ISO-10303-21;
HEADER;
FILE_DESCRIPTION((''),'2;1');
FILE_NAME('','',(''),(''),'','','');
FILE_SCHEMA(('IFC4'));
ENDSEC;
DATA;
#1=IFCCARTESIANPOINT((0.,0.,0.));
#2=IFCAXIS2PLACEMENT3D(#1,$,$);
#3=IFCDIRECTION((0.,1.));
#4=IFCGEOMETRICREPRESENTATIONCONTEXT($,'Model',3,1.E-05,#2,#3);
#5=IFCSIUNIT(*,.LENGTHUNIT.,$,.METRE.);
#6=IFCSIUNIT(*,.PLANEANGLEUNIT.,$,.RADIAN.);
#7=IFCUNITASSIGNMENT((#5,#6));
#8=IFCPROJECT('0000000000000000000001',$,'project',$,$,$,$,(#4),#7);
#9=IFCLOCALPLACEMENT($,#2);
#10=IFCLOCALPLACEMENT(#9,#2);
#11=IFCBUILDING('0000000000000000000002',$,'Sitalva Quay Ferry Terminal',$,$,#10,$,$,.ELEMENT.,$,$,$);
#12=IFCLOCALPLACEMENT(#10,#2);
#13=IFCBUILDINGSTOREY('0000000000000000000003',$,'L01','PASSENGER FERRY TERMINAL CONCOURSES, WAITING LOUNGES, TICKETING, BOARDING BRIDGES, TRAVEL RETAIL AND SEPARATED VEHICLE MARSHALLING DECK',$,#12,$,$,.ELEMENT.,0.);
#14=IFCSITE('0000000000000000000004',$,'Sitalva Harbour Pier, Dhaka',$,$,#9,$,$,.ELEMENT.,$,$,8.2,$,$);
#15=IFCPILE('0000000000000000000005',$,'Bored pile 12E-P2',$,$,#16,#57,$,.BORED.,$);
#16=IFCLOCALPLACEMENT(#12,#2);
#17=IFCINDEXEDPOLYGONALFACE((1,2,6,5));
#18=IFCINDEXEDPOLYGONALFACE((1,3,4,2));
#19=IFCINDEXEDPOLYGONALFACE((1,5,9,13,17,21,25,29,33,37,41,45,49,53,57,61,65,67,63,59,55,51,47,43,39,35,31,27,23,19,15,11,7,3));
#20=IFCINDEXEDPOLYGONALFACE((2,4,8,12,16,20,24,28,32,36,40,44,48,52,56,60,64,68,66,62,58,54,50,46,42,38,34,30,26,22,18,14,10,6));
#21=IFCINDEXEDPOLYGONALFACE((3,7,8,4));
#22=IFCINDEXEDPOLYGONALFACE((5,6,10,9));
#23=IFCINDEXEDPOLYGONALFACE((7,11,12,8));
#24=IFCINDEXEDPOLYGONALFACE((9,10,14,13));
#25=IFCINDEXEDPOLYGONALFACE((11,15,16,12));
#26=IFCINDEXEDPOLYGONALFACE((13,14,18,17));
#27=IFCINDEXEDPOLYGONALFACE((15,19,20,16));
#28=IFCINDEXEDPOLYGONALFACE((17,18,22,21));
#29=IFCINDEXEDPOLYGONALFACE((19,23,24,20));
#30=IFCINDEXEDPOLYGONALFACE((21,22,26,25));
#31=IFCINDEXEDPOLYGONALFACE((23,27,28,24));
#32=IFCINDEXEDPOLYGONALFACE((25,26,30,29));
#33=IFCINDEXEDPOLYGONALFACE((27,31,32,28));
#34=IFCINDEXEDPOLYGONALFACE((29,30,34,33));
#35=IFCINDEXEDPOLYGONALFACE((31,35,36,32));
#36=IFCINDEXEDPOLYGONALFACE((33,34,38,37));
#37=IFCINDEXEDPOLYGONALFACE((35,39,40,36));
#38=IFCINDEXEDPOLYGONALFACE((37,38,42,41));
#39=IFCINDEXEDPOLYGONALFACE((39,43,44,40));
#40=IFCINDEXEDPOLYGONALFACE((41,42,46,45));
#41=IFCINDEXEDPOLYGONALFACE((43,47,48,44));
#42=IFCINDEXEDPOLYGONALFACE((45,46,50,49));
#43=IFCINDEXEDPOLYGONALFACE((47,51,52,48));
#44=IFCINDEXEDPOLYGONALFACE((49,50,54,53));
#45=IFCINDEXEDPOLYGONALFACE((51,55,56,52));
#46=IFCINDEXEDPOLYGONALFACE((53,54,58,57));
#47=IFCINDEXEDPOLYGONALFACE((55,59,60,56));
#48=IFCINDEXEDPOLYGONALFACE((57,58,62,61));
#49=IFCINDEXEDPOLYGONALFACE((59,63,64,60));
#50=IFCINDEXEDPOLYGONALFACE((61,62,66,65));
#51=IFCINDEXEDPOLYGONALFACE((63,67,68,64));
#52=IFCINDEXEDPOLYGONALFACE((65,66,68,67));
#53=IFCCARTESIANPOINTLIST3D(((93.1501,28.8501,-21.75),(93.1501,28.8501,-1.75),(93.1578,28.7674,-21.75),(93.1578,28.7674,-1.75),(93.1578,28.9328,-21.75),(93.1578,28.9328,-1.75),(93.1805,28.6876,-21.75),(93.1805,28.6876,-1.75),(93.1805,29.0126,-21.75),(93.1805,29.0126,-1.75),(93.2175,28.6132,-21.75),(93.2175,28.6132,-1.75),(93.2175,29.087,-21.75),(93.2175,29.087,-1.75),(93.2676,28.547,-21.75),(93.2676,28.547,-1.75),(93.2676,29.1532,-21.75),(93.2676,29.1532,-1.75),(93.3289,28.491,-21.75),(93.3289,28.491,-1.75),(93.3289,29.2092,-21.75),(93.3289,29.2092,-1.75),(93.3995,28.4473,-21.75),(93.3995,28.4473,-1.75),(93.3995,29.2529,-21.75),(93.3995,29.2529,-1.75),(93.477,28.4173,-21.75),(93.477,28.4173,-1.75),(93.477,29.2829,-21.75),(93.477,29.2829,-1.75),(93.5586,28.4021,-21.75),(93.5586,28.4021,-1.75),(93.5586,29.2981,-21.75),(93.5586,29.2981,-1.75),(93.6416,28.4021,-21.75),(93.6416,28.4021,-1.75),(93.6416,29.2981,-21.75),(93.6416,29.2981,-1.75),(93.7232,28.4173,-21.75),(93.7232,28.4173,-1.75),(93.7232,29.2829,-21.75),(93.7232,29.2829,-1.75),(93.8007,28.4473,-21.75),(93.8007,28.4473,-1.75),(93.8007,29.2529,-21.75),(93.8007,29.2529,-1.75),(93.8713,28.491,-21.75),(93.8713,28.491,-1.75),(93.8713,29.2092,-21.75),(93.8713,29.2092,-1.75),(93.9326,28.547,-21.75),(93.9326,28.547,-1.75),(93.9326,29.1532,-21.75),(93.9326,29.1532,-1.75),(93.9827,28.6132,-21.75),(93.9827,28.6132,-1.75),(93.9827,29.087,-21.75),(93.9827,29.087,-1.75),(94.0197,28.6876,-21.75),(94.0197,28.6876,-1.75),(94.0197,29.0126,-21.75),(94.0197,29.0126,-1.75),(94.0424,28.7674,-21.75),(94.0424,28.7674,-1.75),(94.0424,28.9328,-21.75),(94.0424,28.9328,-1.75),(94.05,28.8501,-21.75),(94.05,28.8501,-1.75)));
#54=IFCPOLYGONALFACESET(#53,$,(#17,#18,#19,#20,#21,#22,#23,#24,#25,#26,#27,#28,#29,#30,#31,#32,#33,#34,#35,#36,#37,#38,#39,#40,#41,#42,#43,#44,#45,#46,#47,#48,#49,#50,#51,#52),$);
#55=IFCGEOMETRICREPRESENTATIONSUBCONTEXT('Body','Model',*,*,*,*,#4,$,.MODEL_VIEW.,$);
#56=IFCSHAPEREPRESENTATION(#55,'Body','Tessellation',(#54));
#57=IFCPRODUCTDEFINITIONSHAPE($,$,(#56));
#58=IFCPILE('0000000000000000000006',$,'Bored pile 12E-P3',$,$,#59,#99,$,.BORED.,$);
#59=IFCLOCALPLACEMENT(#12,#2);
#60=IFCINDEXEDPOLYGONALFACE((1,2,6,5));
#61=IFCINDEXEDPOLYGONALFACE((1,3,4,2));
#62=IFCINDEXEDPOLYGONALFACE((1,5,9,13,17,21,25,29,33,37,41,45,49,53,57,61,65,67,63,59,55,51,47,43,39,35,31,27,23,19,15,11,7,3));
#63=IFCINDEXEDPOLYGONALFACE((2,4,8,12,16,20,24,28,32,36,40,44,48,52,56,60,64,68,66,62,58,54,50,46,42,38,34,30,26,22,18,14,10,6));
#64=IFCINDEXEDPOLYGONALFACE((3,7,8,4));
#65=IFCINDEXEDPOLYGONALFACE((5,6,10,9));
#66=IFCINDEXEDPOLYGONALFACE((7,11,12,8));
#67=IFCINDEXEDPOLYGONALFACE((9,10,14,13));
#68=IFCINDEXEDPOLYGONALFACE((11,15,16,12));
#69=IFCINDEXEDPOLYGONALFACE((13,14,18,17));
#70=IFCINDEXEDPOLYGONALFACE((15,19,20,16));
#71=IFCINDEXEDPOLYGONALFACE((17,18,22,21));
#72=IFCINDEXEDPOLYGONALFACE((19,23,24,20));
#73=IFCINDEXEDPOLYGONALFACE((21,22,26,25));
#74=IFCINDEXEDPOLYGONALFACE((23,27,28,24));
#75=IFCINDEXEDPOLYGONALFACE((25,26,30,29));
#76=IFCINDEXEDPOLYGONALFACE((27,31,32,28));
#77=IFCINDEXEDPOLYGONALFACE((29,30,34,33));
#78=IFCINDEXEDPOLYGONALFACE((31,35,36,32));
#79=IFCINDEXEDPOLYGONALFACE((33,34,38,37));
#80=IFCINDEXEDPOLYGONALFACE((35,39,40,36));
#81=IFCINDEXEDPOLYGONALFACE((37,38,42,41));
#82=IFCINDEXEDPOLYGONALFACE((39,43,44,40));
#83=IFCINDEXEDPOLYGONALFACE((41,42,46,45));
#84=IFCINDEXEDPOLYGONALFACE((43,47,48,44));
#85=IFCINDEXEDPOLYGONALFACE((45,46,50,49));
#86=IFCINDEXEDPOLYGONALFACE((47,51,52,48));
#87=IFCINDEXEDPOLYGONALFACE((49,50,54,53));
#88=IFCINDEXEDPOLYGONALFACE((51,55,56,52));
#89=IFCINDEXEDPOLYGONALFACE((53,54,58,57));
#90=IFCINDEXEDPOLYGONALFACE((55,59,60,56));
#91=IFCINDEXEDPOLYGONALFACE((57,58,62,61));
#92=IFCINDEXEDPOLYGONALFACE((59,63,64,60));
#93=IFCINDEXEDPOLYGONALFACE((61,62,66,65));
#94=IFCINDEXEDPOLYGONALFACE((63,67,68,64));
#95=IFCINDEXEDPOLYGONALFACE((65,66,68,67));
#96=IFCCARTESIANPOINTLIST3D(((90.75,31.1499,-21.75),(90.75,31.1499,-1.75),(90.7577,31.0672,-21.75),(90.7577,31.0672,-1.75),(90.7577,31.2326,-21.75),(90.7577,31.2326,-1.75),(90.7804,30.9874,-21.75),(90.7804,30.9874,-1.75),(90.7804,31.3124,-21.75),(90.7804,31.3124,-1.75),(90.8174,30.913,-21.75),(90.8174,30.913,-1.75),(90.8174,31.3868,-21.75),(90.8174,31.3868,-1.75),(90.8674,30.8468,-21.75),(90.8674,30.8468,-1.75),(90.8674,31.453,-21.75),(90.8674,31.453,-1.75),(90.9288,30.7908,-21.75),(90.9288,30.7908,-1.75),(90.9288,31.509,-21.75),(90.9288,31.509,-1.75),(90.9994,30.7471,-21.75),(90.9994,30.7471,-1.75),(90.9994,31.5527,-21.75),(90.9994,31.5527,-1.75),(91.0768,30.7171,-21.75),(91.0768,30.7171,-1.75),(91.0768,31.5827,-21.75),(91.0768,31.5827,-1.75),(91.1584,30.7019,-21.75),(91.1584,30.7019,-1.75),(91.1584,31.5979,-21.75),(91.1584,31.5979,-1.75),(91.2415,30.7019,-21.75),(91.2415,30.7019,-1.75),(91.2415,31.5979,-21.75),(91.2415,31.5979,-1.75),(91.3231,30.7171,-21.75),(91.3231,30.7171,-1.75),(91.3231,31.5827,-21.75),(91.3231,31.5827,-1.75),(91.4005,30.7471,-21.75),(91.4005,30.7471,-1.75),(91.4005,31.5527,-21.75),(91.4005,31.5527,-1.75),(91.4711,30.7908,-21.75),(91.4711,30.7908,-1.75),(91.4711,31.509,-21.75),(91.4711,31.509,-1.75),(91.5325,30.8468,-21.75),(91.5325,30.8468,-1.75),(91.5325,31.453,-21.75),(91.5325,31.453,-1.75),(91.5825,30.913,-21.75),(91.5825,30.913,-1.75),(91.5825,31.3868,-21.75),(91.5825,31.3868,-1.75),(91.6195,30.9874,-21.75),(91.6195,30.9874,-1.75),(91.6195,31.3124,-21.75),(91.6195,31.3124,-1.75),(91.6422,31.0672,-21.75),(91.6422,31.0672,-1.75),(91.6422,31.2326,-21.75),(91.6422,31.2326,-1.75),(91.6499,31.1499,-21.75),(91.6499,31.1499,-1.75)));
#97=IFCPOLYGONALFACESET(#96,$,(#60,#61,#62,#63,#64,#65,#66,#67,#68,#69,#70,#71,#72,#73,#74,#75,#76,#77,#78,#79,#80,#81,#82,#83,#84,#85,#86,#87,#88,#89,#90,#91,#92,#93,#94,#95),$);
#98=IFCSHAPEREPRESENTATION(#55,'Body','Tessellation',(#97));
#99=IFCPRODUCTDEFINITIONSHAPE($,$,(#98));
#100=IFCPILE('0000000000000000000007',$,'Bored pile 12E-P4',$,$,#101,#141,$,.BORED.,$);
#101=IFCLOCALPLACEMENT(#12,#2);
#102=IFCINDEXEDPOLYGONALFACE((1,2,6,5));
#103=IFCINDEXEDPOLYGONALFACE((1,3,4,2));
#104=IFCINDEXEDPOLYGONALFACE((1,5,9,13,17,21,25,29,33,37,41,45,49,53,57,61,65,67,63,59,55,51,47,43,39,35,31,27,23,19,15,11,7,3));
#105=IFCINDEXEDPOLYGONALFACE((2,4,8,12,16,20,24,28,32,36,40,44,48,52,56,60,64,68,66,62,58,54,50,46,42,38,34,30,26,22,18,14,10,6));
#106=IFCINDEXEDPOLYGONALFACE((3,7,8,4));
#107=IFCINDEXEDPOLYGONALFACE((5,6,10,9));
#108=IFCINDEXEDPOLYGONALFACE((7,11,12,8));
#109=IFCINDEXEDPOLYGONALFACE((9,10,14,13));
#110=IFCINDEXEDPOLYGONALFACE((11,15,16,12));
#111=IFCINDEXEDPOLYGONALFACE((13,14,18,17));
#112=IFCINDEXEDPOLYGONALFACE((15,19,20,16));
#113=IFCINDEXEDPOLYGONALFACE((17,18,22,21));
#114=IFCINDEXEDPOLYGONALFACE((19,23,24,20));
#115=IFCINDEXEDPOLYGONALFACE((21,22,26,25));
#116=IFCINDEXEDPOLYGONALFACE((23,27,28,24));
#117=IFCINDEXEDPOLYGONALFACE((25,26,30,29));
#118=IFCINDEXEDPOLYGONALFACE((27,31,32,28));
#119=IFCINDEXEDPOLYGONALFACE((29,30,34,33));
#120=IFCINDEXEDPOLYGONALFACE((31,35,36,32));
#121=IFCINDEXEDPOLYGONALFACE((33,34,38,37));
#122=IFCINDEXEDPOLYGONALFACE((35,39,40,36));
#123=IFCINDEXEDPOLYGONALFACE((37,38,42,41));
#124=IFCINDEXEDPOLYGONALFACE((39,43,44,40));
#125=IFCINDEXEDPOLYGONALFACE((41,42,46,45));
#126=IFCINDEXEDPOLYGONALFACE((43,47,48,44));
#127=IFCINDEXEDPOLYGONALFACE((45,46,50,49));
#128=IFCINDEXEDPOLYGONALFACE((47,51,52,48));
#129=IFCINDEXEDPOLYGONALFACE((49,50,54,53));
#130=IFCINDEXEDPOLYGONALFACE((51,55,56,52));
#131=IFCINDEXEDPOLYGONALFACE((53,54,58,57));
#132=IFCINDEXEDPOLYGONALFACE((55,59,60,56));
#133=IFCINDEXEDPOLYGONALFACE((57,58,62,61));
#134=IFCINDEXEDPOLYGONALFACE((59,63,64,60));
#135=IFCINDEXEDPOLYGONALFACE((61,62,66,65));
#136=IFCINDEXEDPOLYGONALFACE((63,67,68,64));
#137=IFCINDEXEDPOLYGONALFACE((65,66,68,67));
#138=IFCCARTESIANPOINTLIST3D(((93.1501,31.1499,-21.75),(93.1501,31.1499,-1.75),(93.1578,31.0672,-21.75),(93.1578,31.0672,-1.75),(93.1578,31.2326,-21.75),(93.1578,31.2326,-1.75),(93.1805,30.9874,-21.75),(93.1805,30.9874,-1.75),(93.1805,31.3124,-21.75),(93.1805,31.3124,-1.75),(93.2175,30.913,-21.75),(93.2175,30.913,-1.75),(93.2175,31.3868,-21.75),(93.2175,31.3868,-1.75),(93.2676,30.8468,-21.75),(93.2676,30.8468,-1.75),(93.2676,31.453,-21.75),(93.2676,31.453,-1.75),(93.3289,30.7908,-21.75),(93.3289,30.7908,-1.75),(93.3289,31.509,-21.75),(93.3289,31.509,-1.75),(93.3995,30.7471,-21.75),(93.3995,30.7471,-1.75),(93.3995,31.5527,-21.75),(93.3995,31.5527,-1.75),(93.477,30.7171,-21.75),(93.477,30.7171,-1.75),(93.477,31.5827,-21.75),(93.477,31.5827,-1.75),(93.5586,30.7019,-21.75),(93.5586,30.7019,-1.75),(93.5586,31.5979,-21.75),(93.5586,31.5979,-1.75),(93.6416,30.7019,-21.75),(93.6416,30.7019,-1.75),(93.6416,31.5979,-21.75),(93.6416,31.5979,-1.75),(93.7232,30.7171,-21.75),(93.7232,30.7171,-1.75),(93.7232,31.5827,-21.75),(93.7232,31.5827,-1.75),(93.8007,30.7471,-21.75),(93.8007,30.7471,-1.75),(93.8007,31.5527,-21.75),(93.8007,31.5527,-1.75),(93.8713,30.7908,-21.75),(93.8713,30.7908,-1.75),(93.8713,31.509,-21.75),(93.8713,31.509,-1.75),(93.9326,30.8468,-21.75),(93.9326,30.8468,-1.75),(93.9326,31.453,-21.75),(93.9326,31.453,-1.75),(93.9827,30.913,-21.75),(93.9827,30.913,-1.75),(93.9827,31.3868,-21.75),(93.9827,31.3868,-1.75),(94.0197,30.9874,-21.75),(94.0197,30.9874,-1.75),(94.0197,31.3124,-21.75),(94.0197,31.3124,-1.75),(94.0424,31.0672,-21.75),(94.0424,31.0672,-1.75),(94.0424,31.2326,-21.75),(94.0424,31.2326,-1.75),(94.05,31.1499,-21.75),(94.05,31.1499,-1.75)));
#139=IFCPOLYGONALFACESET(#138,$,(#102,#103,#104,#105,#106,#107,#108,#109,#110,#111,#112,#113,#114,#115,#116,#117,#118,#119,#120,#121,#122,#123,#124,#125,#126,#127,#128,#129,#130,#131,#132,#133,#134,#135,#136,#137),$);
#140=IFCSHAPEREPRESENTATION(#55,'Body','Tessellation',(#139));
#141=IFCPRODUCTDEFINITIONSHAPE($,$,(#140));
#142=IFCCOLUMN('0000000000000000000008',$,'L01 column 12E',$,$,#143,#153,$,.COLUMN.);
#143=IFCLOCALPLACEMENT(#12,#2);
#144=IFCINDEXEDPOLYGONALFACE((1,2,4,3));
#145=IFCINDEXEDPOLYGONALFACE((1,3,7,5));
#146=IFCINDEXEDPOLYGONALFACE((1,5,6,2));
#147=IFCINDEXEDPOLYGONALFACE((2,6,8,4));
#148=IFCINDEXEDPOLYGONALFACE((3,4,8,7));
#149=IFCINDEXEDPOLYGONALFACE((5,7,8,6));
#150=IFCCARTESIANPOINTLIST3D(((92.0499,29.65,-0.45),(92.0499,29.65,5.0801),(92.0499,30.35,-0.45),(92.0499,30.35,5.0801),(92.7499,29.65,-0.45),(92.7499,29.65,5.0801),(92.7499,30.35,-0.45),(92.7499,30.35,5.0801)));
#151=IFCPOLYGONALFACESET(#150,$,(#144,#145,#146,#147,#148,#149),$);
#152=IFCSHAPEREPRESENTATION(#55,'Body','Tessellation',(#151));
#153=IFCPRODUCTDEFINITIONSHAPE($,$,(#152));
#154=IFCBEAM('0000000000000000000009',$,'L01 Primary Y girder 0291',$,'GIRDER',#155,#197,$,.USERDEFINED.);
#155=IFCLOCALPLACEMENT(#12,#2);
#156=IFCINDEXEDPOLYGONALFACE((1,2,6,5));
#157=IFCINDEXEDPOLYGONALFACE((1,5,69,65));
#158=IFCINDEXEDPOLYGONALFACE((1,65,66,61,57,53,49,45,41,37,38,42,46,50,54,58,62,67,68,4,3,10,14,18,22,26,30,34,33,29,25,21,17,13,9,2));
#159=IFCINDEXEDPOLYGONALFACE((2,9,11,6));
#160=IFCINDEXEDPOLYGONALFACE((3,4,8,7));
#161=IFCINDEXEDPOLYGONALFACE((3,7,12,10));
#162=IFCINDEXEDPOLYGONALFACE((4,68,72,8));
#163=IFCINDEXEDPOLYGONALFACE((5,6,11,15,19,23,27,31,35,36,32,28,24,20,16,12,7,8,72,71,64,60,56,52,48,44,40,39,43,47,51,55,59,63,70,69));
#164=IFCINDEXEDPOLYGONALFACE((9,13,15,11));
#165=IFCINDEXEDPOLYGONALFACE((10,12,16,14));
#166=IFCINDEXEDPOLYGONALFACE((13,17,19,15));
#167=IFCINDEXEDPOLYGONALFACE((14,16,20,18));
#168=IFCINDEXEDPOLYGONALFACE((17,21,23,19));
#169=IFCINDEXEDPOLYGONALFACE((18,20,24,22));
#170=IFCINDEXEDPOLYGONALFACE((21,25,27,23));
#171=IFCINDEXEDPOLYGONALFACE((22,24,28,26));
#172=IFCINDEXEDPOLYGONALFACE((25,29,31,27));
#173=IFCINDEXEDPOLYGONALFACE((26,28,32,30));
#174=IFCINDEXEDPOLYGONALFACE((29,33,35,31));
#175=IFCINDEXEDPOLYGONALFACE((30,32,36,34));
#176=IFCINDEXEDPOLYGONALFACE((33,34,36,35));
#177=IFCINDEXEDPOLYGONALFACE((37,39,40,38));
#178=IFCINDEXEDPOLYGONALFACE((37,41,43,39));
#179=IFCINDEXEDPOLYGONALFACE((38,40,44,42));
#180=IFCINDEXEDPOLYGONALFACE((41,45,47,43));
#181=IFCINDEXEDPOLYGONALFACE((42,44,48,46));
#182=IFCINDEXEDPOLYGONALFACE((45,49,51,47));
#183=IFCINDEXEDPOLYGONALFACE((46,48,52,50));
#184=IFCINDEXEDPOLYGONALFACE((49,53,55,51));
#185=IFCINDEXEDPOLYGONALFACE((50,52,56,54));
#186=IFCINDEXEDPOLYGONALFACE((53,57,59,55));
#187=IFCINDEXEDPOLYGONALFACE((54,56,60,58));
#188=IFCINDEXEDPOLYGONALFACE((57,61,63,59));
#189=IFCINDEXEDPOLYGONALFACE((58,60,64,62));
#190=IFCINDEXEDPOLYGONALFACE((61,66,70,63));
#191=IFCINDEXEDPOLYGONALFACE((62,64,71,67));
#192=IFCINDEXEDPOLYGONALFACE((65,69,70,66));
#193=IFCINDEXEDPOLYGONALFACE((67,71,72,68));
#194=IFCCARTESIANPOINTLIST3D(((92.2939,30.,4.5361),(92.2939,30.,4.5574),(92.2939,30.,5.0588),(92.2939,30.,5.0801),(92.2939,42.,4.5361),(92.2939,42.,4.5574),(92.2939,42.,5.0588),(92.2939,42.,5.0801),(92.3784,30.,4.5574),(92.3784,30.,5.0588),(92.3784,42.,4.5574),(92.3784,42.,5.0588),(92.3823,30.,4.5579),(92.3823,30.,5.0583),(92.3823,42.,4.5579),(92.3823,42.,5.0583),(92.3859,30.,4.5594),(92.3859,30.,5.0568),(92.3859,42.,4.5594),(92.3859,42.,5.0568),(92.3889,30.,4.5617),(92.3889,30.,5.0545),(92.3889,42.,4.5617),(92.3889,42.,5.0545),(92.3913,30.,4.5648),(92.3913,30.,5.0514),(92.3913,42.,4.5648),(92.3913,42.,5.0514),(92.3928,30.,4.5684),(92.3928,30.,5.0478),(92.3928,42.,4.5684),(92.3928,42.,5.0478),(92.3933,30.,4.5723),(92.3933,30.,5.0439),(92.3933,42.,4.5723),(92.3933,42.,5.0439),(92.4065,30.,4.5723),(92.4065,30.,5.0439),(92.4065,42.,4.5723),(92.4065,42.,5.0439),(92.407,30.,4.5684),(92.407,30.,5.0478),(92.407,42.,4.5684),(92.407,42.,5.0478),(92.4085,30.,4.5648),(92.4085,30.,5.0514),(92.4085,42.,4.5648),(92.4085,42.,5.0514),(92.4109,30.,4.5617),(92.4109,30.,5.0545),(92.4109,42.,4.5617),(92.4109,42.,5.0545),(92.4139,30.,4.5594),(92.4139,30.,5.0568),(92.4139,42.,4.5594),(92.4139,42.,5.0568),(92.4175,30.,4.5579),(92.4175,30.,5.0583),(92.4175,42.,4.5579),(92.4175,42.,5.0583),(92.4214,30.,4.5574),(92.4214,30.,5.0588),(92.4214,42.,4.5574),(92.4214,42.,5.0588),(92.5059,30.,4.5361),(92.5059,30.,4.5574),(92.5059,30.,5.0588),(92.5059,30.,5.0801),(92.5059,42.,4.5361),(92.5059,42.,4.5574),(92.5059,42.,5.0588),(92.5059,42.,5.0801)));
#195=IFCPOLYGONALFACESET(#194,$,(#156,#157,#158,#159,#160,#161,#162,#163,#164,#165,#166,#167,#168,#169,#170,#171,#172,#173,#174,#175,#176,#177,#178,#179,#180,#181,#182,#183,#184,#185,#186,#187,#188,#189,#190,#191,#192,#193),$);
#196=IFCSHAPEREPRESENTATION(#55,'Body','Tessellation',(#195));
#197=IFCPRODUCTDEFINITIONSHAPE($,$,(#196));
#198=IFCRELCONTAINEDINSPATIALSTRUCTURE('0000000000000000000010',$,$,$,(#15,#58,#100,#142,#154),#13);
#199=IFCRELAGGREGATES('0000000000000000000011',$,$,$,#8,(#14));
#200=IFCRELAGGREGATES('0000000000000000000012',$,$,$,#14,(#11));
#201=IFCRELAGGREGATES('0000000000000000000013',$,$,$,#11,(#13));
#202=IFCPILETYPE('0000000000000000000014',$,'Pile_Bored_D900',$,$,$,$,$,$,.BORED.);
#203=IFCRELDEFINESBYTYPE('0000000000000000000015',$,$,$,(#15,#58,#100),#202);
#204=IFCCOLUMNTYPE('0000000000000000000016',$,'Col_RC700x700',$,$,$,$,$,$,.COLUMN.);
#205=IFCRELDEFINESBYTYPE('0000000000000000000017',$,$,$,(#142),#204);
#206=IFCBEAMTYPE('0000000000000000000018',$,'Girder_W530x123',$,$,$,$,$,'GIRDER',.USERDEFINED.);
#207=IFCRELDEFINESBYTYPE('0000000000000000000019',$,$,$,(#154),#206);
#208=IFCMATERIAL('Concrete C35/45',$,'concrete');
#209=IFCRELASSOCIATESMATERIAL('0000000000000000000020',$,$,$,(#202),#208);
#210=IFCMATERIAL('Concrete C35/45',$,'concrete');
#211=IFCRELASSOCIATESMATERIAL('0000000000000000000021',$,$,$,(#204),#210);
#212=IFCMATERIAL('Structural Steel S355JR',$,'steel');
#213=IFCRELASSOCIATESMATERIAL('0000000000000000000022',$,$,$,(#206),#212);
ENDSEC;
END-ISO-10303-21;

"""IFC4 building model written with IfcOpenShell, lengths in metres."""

from ifc_helpers import new_model, si_unit, direction, frame, origin, origin_2d, place, context, subcontext, project, spatial, rectangle, circle, i_section, extrude, material, material_profile, profile_set, type_object, element, save


model = new_model("IFC4")

# Units and contexts
model_context = context("Model", 3, precision=1e-05, world=origin(), true_north=direction((0.0, 1.0)))
body_context = subcontext(model_context, "Body", "Model", "MODEL_VIEW")
ifc_project = project(units=[si_unit("LENGTHUNIT", "METRE"), si_unit("PLANEANGLEUNIT", "RADIAN")], contexts=[model_context])

# Site, building, storey
site_placement = place(None, origin())
site = spatial("IfcSite", under=ifc_project, at=site_placement, Name="Sitalva Harbour Pier, Dhaka", CompositionType="ELEMENT", RefElevation=8.2)
building_placement = place(site_placement, origin())
building = spatial("IfcBuilding", under=site, at=building_placement, Name="Sitalva Quay Ferry Terminal", CompositionType="ELEMENT")
storey_placement = place(building_placement, origin())
storey = spatial("IfcBuildingStorey", under=building, at=storey_placement, Name="L01", Description="PASSENGER FERRY TERMINAL CONCOURSES, WAITING LOUNGES, TICKETING, BOARDING BRIDGES, TRAVEL RETAIL AND SEPARATED VEHICLE MARSHALLING DECK", CompositionType="ELEMENT", Elevation=0.0)

# Piles
ifc_material_1 = material(Name="Concrete C35/45", Category="concrete")
ifc_material_profile_1 = material_profile(ifc_material_1, circle(Radius=0.45, at=origin_2d()), Name="PILE-D900")
ifc_profile_set_1 = profile_set([ifc_material_profile_1], Name="Concrete C35/45")
pile_type_1 = type_object("IfcPileType", Name="Pile_Bored_D900", PredefinedType="BORED", material=ifc_profile_set_1)
for number, where, z_axis, x_axis, name in (
    (1, (93.6001, 28.8501, -1.75), (0.0, 0.0, -1.0), (1.0, 0.0, 0.0), "Bored pile 12E-P2"),
    (2, (91.2, 31.1499, -1.75), (0.0, 0.0, -1.0), (1.0, 0.0, 0.0), "Bored pile 12E-P3"),
    (3, (93.6001, 31.1499, -1.75), (0.0, 0.0, -1.0), (1.0, 0.0, 0.0), "Bored pile 12E-P4"),
):
    element("IfcPile", number, at=place(storey_placement, frame(where, z_axis=z_axis, x_axis=x_axis)), inside=storey, type_object=pile_type_1, Name=name, PredefinedType="BORED", context=body_context, shape_type="SweptSolid", body=[
        extrude(circle(Radius=0.45, at=origin_2d()), origin(), (0.0, 0.0, 1.0), 20.0),
    ])

# Column
ifc_material_2 = material(Name="Concrete C35/45", Category="concrete")
ifc_material_profile_2 = material_profile(ifc_material_2, rectangle(XDim=0.7, YDim=0.7, at=origin_2d()), Name="RC700x700")
ifc_profile_set_2 = profile_set([ifc_material_profile_2], Name="Concrete C35/45")
column_type = type_object("IfcColumnType", Name="Col_RC700x700", PredefinedType="COLUMN", material=ifc_profile_set_2)
column_placement = place(storey_placement, frame((92.3999, 30.0, -0.45), z_axis=(0.0, 0.0, 1.0), x_axis=(1.0, 0.0, 0.0)))
element("IfcColumn", 4, at=column_placement, inside=storey, type_object=column_type, Name="L01 column 12E", PredefinedType="COLUMN", context=body_context, shape_type="SweptSolid", body=[
    extrude(rectangle(XDim=0.7, YDim=0.7, at=origin_2d()), origin(), (0.0, 0.0, 1.0), 5.53),
])

# Beam
ifc_material_3 = material(Name="Structural Steel S355JR", Category="steel")
ifc_material_profile_3 = material_profile(ifc_material_3, i_section(OverallWidth=0.2119, OverallDepth=0.5439, WebThickness=0.0132, FlangeThickness=0.0212, FilletRadius=0.0149, at=origin_2d()), Name="W530x123")
ifc_profile_set_3 = profile_set([ifc_material_profile_3], Name="Structural Steel S355JR")
beam_type_1 = type_object("IfcBeamType", Name="Girder_W530x123", ElementType="GIRDER", PredefinedType="USERDEFINED", material=ifc_profile_set_3)
beam_1_placement = place(storey_placement, frame((92.3999, 30.0, 4.8081), z_axis=(0.0, 1.0, 0.0), x_axis=(-1.0, 0.0, 0.0)))
element("IfcBeam", 5, at=beam_1_placement, inside=storey, type_object=beam_type_1, Name="L01 Primary Y girder 0291", ObjectType="GIRDER", PredefinedType="USERDEFINED", context=body_context, shape_type="SweptSolid", body=[
    extrude(i_section(OverallWidth=0.2119, OverallDepth=0.5439, WebThickness=0.0132, FlangeThickness=0.0212, FilletRadius=0.0149, at=origin_2d()), origin(), (0.0, 0.0, 1.0), 12.0),
])

save(model, "model.ifc")
